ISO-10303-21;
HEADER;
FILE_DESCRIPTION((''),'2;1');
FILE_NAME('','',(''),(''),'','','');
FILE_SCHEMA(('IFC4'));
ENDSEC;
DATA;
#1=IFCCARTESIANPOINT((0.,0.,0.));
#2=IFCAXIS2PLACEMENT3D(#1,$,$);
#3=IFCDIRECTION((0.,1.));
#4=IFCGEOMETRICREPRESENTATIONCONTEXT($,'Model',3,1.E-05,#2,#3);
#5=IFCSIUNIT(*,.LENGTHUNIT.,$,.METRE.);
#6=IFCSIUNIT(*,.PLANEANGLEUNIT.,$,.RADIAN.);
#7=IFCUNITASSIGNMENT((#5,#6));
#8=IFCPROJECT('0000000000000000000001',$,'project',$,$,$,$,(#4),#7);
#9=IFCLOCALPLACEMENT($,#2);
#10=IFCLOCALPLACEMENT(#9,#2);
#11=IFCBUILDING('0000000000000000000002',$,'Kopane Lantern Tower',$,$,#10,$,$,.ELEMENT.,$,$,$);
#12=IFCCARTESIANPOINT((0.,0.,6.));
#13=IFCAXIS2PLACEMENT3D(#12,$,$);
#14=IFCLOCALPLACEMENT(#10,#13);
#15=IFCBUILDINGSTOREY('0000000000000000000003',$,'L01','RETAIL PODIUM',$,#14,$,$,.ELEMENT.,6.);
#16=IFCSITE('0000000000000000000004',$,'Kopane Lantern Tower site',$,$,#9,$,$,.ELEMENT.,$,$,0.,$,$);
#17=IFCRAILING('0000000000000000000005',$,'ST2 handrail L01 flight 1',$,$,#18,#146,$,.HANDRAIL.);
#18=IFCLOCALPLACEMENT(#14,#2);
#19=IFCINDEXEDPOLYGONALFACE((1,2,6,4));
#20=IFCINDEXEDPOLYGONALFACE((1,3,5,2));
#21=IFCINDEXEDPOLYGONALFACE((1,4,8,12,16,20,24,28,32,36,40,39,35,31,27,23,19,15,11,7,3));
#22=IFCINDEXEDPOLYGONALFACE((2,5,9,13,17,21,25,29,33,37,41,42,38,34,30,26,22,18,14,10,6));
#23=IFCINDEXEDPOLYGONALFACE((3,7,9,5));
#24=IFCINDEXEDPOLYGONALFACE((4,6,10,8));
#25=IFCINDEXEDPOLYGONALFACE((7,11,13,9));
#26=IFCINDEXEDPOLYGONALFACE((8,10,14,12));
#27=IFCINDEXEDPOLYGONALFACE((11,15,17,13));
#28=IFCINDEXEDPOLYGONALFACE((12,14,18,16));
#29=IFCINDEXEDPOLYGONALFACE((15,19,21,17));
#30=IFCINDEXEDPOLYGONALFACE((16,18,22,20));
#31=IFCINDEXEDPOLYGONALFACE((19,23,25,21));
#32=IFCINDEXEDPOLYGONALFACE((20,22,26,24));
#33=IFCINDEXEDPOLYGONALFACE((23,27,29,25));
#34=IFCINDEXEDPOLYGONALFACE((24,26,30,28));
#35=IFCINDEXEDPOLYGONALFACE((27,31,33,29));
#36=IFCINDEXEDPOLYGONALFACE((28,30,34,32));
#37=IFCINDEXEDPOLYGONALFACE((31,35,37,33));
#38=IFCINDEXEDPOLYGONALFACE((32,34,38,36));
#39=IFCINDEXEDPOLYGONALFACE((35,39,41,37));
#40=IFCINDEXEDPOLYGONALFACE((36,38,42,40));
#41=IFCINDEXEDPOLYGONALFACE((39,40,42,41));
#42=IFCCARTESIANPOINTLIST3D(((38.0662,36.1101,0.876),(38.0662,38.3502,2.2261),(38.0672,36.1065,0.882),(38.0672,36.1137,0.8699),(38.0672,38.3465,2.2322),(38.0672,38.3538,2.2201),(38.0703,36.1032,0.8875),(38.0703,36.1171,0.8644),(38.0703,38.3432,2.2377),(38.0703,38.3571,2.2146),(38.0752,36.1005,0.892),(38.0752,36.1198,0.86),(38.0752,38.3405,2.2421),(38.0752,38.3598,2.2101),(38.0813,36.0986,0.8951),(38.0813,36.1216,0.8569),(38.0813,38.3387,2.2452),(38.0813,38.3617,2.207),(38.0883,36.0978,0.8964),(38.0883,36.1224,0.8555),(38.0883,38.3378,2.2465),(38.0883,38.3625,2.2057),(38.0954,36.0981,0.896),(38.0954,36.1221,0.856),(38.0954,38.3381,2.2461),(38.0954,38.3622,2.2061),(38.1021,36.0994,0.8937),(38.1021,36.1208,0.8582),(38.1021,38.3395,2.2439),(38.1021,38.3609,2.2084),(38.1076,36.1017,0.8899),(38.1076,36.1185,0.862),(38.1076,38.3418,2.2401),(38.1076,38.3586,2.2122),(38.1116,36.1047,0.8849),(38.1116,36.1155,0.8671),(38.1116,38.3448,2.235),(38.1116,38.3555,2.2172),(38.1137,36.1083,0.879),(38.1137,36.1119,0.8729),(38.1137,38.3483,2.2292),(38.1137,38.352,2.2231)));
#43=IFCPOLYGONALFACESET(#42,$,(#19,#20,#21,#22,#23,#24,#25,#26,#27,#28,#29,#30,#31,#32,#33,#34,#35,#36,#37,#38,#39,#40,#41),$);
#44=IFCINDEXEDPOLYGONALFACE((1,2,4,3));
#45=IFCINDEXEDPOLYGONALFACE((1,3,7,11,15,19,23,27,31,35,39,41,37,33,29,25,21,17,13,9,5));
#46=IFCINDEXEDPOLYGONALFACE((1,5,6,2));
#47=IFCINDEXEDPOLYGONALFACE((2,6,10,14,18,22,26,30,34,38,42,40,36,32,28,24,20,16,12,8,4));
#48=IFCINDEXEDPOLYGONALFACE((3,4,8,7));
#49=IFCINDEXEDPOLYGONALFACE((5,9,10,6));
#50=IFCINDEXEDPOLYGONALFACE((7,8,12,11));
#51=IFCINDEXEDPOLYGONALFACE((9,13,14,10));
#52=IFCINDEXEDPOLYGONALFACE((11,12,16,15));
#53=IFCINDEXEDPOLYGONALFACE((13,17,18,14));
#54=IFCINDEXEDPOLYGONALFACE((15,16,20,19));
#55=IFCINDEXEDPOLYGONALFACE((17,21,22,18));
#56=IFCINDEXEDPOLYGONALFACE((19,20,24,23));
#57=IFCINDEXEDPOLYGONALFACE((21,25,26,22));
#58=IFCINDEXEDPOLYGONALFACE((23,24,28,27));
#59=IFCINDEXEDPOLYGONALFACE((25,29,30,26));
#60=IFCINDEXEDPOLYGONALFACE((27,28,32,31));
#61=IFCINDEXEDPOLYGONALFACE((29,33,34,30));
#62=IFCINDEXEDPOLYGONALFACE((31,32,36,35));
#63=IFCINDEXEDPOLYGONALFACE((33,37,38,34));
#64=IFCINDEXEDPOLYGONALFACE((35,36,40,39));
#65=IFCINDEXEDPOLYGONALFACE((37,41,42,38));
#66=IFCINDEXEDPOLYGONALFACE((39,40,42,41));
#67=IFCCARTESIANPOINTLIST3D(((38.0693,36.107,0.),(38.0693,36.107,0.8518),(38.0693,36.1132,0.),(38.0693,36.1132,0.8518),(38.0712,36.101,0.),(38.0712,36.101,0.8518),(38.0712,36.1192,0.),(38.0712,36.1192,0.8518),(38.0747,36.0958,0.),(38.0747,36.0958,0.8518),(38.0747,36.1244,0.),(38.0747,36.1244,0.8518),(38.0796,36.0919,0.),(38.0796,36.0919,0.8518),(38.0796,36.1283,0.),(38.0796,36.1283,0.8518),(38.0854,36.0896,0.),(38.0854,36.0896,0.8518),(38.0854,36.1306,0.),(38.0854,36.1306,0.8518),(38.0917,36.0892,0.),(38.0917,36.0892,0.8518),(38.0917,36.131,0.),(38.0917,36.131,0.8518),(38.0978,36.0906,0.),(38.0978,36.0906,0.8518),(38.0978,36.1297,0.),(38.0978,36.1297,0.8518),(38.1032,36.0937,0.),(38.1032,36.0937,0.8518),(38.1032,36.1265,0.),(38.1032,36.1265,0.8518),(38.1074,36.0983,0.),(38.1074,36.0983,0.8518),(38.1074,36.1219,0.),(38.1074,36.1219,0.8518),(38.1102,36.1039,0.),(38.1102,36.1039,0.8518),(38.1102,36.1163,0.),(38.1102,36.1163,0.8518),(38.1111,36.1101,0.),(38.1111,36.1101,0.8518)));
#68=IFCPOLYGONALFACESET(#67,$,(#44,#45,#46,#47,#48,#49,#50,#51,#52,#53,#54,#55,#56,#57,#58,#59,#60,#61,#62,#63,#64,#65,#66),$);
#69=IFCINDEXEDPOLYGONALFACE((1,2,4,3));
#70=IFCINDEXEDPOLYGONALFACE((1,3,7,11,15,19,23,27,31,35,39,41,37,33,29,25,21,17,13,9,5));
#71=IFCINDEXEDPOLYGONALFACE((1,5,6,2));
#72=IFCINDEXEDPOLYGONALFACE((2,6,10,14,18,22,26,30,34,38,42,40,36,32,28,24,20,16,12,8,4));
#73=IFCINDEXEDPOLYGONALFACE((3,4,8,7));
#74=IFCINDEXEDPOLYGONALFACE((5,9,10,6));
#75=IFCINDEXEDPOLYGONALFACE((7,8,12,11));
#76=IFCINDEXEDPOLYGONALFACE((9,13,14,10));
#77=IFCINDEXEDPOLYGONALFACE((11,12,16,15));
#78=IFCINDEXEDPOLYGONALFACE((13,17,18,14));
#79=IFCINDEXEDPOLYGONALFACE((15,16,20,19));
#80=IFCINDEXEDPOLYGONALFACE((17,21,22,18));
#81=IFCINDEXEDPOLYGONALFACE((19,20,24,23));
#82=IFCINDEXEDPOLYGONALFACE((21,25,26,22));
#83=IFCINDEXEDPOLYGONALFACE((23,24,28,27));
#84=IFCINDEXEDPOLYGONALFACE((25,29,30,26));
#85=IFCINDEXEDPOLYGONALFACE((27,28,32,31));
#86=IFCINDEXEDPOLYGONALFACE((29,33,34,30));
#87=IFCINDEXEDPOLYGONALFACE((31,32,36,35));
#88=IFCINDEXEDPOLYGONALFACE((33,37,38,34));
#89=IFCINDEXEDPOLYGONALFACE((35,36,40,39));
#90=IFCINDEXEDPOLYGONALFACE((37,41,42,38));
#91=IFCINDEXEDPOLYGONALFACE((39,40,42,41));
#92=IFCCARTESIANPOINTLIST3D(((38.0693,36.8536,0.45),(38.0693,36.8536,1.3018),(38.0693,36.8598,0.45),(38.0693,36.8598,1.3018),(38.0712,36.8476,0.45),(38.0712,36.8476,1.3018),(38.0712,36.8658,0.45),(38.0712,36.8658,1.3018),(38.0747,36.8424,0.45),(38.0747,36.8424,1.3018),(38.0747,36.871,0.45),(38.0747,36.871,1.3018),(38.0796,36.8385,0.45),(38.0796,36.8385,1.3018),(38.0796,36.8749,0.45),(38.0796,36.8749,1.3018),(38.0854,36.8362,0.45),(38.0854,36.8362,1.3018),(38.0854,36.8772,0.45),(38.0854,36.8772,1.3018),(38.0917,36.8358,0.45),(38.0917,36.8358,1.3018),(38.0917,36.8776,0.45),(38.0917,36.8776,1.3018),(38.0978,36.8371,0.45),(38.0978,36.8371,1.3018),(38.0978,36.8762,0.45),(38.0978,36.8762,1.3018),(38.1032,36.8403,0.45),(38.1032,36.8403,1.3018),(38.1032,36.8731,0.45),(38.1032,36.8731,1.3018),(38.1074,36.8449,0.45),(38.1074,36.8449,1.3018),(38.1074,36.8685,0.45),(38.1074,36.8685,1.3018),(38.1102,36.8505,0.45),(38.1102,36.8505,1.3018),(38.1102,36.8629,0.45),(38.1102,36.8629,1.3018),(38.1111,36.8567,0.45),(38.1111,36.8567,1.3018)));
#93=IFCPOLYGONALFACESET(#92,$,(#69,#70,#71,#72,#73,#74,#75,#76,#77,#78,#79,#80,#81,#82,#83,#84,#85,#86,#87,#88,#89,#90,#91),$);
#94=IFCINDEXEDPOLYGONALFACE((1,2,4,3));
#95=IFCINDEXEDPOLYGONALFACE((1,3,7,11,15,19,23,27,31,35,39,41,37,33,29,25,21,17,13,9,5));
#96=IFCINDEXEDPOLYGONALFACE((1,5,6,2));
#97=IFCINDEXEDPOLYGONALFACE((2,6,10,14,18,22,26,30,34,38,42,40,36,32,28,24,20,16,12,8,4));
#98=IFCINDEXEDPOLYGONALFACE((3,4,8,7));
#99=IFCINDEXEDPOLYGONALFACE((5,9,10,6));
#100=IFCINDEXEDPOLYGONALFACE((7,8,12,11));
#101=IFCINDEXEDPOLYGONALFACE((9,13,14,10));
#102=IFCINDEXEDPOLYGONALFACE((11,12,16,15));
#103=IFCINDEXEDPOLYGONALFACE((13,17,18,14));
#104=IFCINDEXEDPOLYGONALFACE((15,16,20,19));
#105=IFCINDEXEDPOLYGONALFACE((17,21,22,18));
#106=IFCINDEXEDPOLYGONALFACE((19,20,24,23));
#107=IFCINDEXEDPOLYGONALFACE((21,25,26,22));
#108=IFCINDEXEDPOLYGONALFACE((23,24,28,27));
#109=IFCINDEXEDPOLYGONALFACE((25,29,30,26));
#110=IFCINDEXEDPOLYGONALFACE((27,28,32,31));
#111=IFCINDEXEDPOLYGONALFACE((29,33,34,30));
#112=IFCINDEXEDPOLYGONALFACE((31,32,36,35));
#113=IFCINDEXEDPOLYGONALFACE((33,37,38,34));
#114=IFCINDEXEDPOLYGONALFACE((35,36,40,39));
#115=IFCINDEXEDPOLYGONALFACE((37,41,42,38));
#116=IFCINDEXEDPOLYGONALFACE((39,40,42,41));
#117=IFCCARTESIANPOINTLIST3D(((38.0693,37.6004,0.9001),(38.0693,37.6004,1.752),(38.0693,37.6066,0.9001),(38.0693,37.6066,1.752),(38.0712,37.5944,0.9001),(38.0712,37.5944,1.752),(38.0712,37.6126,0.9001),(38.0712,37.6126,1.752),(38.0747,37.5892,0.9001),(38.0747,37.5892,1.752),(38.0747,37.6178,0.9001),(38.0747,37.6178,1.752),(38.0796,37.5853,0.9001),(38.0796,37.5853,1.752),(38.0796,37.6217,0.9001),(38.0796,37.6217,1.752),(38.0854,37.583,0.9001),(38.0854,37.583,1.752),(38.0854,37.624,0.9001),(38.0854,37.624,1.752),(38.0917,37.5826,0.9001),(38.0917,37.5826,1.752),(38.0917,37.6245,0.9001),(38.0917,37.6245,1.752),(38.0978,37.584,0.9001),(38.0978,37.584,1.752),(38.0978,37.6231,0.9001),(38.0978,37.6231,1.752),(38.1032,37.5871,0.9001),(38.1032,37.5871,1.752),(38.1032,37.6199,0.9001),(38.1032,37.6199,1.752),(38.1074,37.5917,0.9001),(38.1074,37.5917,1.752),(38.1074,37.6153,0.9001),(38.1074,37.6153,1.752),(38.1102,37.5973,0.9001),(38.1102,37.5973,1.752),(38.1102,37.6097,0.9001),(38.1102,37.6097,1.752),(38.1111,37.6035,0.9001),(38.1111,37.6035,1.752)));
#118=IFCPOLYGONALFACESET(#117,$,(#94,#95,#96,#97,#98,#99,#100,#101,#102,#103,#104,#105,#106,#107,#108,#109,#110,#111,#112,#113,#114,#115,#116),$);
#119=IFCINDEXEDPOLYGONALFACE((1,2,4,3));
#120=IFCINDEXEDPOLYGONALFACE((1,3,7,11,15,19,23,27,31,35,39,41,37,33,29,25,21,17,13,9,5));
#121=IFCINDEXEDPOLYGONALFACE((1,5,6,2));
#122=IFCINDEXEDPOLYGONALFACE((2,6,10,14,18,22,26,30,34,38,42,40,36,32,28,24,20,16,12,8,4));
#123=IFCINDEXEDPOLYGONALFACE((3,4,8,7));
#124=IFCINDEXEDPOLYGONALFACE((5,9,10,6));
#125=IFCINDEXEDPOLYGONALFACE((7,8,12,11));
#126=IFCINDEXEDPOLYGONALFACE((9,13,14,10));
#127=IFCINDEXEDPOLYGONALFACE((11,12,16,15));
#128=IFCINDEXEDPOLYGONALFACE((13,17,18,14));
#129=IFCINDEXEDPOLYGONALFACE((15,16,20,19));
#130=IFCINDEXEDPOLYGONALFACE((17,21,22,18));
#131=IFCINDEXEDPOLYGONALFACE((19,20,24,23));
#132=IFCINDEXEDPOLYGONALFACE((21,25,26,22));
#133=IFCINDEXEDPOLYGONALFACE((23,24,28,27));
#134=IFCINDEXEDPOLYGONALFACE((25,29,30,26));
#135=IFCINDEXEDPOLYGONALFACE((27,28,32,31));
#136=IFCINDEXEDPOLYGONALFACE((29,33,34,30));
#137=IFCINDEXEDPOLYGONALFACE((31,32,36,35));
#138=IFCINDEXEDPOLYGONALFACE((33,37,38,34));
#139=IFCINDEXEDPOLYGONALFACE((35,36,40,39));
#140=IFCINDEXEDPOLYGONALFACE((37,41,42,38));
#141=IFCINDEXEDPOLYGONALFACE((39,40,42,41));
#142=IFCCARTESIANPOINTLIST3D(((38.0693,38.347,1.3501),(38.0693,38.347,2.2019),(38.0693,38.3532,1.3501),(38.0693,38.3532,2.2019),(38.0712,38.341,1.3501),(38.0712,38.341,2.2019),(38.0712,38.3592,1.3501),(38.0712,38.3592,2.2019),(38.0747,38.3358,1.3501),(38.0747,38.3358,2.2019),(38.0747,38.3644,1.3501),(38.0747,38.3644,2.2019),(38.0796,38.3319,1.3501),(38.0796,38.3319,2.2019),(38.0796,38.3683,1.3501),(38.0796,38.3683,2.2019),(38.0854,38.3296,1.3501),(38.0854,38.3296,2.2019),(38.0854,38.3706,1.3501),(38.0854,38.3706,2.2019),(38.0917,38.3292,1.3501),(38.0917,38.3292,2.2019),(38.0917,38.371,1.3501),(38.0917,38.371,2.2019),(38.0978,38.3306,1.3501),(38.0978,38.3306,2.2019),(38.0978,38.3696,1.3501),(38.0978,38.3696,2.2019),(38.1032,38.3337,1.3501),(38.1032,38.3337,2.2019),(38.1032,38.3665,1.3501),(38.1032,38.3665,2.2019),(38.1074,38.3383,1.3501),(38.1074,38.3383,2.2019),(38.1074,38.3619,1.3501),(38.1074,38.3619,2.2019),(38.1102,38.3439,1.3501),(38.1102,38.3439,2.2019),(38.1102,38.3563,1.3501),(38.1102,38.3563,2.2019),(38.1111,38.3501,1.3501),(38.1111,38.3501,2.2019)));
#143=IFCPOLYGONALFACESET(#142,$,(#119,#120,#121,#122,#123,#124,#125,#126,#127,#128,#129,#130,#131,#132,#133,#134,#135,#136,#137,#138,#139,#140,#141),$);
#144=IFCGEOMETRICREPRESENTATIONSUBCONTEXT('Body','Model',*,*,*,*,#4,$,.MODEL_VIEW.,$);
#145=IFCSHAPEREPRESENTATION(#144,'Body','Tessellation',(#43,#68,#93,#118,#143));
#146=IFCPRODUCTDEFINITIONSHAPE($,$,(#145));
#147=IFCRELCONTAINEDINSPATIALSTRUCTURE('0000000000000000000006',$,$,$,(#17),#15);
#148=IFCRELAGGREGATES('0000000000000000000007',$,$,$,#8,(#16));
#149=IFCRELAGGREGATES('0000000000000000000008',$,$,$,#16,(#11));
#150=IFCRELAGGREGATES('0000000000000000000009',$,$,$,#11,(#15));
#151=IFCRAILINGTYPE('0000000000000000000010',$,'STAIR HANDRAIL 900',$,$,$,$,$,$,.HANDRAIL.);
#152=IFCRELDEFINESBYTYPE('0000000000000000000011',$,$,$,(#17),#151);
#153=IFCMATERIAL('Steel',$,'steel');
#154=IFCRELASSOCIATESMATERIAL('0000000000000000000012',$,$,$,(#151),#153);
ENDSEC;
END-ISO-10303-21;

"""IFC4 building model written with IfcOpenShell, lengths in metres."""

from ifc_helpers import new_model, si_unit, direction, frame, origin, origin_2d, place, context, subcontext, project, spatial, circle, extrude, material, type_object, element, save


model = new_model("IFC4")

# Units and contexts
model_context = context("Model", 3, precision=1e-05, world=origin(), true_north=direction((0.0, 1.0)))
body_context = subcontext(model_context, "Body", "Model", "MODEL_VIEW")
ifc_project = project(units=[si_unit("LENGTHUNIT", "METRE"), si_unit("PLANEANGLEUNIT", "RADIAN")], contexts=[model_context])

# Site, building, storey
site_placement = place(None, origin())
site = spatial("IfcSite", under=ifc_project, at=site_placement, Name="Kopane Lantern Tower site", CompositionType="ELEMENT", RefElevation=0.0)
building_placement = place(site_placement, origin())
building = spatial("IfcBuilding", under=site, at=building_placement, Name="Kopane Lantern Tower", CompositionType="ELEMENT")
storey_placement = place(building_placement, frame((0.0, 0.0, 6.0)))
storey = spatial("IfcBuildingStorey", under=building, at=storey_placement, Name="L01", Description="RETAIL PODIUM", CompositionType="ELEMENT", Elevation=6.0)

# Railing
ifc_material_1 = material(Name="Steel", Category="steel")
railing_type_1 = type_object("IfcRailingType", Name="STAIR HANDRAIL 900", PredefinedType="HANDRAIL", material=ifc_material_1)
for number, where, name in (
    (1, (38.0901, 36.1101, 0.0), "ST2 handrail L01 flight 1"),
):
    element("IfcRailing", number, at=place(storey_placement, frame(where)), inside=storey, type_object=railing_type_1, Name=name, PredefinedType="HANDRAIL", context=body_context, shape_type="SweptSolid", body=[
        extrude(circle(Radius=0.0239, at=origin_2d()), frame((0.0, 0.0, 0.876), z_axis=(0.0, 0.856462, 0.516211), x_axis=(-1.0, 0.0, 0.0)), (0.0, 0.0, 1.0), 2.6155),
        extrude(circle(Radius=0.021, at=origin_2d()), origin(), (0.0, 0.0, 1.0), 0.8518),
        extrude(circle(Radius=0.021, at=origin_2d()), frame((0.0, 0.7466, 0.45)), (0.0, 0.0, 1.0), 0.8518),
        extrude(circle(Radius=0.021, at=origin_2d()), frame((0.0, 1.4934, 0.9001)), (0.0, 0.0, 1.0), 0.8518),
        extrude(circle(Radius=0.021, at=origin_2d()), frame((0.0, 2.24, 1.3501)), (0.0, 0.0, 1.0), 0.8518),
    ])

save(model, "model.ifc")
